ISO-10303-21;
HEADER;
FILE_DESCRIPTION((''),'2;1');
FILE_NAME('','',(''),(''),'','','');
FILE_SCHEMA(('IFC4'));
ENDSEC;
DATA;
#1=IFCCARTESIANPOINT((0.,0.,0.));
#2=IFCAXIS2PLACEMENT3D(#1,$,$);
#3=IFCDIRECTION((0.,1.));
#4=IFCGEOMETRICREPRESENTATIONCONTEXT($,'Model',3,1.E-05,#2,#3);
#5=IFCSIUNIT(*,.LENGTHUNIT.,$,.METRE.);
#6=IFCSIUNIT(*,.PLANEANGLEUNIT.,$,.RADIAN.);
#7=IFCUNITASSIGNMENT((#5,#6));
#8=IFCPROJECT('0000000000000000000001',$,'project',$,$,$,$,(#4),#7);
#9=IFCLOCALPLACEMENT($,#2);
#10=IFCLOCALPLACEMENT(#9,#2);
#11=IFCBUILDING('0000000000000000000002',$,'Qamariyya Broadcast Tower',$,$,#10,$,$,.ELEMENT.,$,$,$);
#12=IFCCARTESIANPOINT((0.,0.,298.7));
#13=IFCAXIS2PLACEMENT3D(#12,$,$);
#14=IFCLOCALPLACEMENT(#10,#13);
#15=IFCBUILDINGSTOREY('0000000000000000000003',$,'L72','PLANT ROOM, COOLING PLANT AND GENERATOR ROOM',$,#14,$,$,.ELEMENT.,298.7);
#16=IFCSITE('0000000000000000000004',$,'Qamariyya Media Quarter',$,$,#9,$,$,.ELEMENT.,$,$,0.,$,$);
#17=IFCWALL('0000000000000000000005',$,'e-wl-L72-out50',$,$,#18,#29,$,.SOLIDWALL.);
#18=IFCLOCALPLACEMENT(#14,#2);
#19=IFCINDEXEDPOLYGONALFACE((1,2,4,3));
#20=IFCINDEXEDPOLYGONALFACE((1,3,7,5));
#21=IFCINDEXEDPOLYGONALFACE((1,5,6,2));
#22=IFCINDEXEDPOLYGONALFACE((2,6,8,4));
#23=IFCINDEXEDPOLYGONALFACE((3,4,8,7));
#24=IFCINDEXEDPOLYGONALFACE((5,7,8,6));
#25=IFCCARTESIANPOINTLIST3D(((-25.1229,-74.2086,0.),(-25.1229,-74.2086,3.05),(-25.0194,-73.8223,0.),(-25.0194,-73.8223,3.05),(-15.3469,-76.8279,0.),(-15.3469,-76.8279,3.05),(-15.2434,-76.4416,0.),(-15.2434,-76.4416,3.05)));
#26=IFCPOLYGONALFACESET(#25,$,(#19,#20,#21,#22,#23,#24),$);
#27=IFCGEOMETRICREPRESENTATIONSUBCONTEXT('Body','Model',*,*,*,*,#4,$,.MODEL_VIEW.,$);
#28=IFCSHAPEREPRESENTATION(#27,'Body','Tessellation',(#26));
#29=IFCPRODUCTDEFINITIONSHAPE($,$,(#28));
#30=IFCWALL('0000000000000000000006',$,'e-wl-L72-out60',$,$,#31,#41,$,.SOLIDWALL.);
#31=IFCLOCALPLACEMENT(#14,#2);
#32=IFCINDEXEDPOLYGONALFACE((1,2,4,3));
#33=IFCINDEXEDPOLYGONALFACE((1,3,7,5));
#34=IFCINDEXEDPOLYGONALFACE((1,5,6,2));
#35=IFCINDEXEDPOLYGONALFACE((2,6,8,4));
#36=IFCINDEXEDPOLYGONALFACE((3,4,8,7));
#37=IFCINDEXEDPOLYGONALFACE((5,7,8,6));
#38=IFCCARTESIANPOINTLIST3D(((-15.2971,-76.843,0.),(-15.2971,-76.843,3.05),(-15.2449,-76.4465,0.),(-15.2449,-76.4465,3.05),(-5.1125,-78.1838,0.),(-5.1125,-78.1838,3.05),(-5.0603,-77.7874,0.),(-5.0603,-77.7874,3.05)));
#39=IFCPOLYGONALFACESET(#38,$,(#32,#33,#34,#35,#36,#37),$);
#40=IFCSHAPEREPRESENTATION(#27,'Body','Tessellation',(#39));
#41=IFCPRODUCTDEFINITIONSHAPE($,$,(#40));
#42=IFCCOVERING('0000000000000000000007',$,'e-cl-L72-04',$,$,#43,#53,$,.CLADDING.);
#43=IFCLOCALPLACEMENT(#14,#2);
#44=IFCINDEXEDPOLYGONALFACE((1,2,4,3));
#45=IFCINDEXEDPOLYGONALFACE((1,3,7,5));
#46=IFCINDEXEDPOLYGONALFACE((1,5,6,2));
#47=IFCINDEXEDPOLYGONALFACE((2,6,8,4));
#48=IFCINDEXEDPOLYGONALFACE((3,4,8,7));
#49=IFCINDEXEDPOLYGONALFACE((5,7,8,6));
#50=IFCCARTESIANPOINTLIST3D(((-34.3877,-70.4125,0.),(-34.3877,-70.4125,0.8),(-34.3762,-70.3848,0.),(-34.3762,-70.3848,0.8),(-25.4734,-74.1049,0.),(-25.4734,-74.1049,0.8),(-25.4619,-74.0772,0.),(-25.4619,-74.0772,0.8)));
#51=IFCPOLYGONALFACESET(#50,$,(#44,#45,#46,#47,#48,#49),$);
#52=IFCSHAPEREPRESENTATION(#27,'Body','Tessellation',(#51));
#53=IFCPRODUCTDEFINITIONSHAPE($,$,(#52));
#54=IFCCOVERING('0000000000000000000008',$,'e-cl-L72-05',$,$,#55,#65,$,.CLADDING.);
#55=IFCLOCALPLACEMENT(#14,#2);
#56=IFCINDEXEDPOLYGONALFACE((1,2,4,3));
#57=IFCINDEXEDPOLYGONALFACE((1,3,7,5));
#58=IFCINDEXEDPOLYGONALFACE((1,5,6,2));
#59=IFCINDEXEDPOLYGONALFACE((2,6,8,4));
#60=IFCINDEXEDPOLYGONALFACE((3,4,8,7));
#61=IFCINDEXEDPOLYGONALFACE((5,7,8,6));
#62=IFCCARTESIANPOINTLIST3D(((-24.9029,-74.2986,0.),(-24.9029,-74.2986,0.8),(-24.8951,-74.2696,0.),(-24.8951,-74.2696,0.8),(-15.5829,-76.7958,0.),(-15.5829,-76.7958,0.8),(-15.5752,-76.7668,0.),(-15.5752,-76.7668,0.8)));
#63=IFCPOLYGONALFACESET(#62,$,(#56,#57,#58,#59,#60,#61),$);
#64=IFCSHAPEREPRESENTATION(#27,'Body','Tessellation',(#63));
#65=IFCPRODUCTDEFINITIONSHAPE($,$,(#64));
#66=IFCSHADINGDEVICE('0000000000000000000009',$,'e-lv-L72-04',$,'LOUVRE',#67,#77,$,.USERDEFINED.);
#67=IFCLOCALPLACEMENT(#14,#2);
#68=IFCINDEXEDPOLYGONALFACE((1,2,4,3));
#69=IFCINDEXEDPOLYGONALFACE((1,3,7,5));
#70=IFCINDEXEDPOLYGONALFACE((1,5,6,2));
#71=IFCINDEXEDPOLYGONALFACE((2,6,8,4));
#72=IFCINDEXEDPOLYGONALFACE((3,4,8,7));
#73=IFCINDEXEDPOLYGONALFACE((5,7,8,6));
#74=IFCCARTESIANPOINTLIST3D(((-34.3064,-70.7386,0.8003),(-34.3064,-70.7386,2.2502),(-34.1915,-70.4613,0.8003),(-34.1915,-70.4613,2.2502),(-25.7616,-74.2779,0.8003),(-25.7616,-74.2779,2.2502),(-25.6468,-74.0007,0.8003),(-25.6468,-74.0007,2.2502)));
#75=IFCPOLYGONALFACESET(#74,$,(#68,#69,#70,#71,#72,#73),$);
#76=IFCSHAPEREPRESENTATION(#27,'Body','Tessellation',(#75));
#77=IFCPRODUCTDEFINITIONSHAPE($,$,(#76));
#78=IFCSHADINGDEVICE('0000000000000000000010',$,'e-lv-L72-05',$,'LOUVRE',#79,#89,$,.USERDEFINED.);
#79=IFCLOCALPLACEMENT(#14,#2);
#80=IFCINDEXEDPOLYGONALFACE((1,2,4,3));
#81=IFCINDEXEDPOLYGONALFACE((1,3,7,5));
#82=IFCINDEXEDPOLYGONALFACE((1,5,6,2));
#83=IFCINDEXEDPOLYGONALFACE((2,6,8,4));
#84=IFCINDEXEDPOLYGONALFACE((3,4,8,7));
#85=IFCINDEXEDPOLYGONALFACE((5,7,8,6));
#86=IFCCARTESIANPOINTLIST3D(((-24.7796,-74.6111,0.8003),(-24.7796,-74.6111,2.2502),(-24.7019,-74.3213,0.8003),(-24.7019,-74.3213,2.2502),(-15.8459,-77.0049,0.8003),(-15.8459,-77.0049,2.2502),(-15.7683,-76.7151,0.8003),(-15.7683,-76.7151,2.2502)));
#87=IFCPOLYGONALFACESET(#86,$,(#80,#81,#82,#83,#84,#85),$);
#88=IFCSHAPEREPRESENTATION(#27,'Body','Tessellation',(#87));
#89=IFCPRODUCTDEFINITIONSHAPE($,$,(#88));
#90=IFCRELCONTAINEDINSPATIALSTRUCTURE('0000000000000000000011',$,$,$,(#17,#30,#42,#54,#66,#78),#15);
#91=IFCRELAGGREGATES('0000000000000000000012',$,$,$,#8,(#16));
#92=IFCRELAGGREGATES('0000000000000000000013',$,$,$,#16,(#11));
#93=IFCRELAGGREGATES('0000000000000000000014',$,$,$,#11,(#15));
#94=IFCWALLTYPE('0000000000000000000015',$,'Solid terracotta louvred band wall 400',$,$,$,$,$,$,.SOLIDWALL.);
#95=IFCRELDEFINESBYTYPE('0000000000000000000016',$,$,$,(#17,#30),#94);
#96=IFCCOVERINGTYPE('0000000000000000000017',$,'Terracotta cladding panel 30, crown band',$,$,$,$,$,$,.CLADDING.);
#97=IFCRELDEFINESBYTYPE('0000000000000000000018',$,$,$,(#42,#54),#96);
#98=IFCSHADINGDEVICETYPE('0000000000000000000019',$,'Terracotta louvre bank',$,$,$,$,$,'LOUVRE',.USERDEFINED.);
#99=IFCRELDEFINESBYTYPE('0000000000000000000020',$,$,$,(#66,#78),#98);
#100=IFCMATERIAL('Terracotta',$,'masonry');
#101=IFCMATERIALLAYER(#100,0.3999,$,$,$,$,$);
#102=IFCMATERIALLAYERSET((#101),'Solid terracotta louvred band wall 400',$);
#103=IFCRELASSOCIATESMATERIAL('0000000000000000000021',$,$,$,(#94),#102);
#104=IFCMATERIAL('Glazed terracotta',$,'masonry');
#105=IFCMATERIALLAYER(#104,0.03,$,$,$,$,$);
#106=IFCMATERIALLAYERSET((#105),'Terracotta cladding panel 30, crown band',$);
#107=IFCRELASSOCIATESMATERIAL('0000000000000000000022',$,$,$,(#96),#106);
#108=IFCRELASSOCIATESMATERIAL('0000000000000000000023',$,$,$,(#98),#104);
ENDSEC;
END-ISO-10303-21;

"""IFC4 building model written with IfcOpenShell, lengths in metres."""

from ifc_helpers import new_model, si_unit, direction, frame, frame_2d, origin, origin_2d, place, context, subcontext, project, spatial, rectangle, extrude, material, layer, layer_set, type_object, element, save


model = new_model("IFC4")

# Units and contexts
model_context = context("Model", 3, precision=1e-05, world=origin(), true_north=direction((0.0, 1.0)))
body_context = subcontext(model_context, "Body", "Model", "MODEL_VIEW")
ifc_project = project(units=[si_unit("LENGTHUNIT", "METRE"), si_unit("PLANEANGLEUNIT", "RADIAN")], contexts=[model_context])

# Site, building, storey
site_placement = place(None, origin())
site = spatial("IfcSite", under=ifc_project, at=site_placement, Name="Qamariyya Media Quarter", CompositionType="ELEMENT", RefElevation=0.0)
building_placement = place(site_placement, origin())
building = spatial("IfcBuilding", under=site, at=building_placement, Name="Qamariyya Broadcast Tower", CompositionType="ELEMENT")
storey_placement = place(building_placement, frame((0.0, 0.0, 298.7)))
storey = spatial("IfcBuildingStorey", under=building, at=storey_placement, Name="L72", Description="PLANT ROOM, COOLING PLANT AND GENERATOR ROOM", CompositionType="ELEMENT", Elevation=298.7)

# Walls
ifc_material_1 = material(Name="Terracotta", Category="masonry")
ifc_layer_1 = layer(ifc_material_1, 0.3999)
ifc_layer_set_1 = layer_set([ifc_layer_1], Name="Solid terracotta louvred band wall 400")
wall_type_1 = type_object("IfcWallType", Name="Solid terracotta louvred band wall 400", PredefinedType="SOLIDWALL", material=ifc_layer_set_1)
wall_1_placement = place(storey_placement, frame((-25.0713, -74.0154, 0.0), z_axis=(0.0, 0.0, 1.0), x_axis=(0.965929, -0.258808, 0.0)))
element("IfcWall", 1, at=wall_1_placement, inside=storey, type_object=wall_type_1, Name="e-wl-L72-out50", PredefinedType="SOLIDWALL", context=body_context, shape_type="SweptSolid", body=[
    extrude(rectangle(XDim=10.1208, YDim=0.3999, at=frame_2d((5.0605, 0.0))), origin(), (0.0, 0.0, 1.0), 3.05),
])
wall_2_placement = place(storey_placement, frame((-15.271, -76.6448, 0.0), z_axis=(0.0, 0.0, 1.0), x_axis=(0.991445, -0.130526, 0.0)))
element("IfcWall", 2, at=wall_2_placement, inside=storey, type_object=wall_type_1, Name="e-wl-L72-out60", PredefinedType="SOLIDWALL", context=body_context, shape_type="SweptSolid", body=[
    extrude(rectangle(XDim=10.2725, YDim=0.3999, at=frame_2d((5.1362, 0.0))), origin(), (0.0, 0.0, 1.0), 3.05),
])

# Coverings
ifc_material_2 = material(Name="Glazed terracotta", Category="masonry")
ifc_layer_2 = layer(ifc_material_2, 0.03)
ifc_layer_set_2 = layer_set([ifc_layer_2], Name="Terracotta cladding panel 30, crown band")
covering_type = type_object("IfcCoveringType", Name="Terracotta cladding panel 30, crown band", PredefinedType="CLADDING", material=ifc_layer_set_2)
for number, where, z_axis, x_axis, name in (
    (3, (-29.9248, -72.2449, 0.0), (0.0, 0.0, 1.0), (0.92388, -0.382683, 0.0), "e-cl-L72-04"),
    (4, (-20.239, -75.5327, 0.0), (0.0, 0.0, 1.0), (0.965926, -0.258819, 0.0), "e-cl-L72-05"),
):
    element("IfcCovering", number, at=place(storey_placement, frame(where, z_axis=z_axis, x_axis=x_axis)), inside=storey, type_object=covering_type, Name=name, PredefinedType="CLADDING", context=body_context, shape_type="SweptSolid", body=[
        extrude(rectangle(XDim=9.6487, YDim=0.03, at=origin_2d()), origin(), (0.0, 0.0, 1.0), 0.8),
    ])

# Shading devices
shading_device_type = type_object("IfcShadingDeviceType", Name="Terracotta louvre bank", ElementType="LOUVRE", PredefinedType="USERDEFINED", material=ifc_material_2)
for number, where, z_axis, x_axis, name in (
    (5, (-29.9766, -72.3696, 0.8003), (0.0, 0.0, 1.0), (0.92388, -0.382683, 0.0), "e-lv-L72-04"),
    (6, (-20.2739, -75.6631, 0.8003), (0.0, 0.0, 1.0), (0.965926, -0.258819, 0.0), "e-lv-L72-05"),
):
    element("IfcShadingDevice", number, at=place(storey_placement, frame(where, z_axis=z_axis, x_axis=x_axis)), inside=storey, type_object=shading_device_type, Name=name, ObjectType="LOUVRE", PredefinedType="USERDEFINED", context=body_context, shape_type="SweptSolid", body=[
        extrude(rectangle(XDim=9.2488, YDim=0.3, at=origin_2d()), origin(), (0.0, 0.0, 1.0), 1.45),
    ])

save(model, "model.ifc")
